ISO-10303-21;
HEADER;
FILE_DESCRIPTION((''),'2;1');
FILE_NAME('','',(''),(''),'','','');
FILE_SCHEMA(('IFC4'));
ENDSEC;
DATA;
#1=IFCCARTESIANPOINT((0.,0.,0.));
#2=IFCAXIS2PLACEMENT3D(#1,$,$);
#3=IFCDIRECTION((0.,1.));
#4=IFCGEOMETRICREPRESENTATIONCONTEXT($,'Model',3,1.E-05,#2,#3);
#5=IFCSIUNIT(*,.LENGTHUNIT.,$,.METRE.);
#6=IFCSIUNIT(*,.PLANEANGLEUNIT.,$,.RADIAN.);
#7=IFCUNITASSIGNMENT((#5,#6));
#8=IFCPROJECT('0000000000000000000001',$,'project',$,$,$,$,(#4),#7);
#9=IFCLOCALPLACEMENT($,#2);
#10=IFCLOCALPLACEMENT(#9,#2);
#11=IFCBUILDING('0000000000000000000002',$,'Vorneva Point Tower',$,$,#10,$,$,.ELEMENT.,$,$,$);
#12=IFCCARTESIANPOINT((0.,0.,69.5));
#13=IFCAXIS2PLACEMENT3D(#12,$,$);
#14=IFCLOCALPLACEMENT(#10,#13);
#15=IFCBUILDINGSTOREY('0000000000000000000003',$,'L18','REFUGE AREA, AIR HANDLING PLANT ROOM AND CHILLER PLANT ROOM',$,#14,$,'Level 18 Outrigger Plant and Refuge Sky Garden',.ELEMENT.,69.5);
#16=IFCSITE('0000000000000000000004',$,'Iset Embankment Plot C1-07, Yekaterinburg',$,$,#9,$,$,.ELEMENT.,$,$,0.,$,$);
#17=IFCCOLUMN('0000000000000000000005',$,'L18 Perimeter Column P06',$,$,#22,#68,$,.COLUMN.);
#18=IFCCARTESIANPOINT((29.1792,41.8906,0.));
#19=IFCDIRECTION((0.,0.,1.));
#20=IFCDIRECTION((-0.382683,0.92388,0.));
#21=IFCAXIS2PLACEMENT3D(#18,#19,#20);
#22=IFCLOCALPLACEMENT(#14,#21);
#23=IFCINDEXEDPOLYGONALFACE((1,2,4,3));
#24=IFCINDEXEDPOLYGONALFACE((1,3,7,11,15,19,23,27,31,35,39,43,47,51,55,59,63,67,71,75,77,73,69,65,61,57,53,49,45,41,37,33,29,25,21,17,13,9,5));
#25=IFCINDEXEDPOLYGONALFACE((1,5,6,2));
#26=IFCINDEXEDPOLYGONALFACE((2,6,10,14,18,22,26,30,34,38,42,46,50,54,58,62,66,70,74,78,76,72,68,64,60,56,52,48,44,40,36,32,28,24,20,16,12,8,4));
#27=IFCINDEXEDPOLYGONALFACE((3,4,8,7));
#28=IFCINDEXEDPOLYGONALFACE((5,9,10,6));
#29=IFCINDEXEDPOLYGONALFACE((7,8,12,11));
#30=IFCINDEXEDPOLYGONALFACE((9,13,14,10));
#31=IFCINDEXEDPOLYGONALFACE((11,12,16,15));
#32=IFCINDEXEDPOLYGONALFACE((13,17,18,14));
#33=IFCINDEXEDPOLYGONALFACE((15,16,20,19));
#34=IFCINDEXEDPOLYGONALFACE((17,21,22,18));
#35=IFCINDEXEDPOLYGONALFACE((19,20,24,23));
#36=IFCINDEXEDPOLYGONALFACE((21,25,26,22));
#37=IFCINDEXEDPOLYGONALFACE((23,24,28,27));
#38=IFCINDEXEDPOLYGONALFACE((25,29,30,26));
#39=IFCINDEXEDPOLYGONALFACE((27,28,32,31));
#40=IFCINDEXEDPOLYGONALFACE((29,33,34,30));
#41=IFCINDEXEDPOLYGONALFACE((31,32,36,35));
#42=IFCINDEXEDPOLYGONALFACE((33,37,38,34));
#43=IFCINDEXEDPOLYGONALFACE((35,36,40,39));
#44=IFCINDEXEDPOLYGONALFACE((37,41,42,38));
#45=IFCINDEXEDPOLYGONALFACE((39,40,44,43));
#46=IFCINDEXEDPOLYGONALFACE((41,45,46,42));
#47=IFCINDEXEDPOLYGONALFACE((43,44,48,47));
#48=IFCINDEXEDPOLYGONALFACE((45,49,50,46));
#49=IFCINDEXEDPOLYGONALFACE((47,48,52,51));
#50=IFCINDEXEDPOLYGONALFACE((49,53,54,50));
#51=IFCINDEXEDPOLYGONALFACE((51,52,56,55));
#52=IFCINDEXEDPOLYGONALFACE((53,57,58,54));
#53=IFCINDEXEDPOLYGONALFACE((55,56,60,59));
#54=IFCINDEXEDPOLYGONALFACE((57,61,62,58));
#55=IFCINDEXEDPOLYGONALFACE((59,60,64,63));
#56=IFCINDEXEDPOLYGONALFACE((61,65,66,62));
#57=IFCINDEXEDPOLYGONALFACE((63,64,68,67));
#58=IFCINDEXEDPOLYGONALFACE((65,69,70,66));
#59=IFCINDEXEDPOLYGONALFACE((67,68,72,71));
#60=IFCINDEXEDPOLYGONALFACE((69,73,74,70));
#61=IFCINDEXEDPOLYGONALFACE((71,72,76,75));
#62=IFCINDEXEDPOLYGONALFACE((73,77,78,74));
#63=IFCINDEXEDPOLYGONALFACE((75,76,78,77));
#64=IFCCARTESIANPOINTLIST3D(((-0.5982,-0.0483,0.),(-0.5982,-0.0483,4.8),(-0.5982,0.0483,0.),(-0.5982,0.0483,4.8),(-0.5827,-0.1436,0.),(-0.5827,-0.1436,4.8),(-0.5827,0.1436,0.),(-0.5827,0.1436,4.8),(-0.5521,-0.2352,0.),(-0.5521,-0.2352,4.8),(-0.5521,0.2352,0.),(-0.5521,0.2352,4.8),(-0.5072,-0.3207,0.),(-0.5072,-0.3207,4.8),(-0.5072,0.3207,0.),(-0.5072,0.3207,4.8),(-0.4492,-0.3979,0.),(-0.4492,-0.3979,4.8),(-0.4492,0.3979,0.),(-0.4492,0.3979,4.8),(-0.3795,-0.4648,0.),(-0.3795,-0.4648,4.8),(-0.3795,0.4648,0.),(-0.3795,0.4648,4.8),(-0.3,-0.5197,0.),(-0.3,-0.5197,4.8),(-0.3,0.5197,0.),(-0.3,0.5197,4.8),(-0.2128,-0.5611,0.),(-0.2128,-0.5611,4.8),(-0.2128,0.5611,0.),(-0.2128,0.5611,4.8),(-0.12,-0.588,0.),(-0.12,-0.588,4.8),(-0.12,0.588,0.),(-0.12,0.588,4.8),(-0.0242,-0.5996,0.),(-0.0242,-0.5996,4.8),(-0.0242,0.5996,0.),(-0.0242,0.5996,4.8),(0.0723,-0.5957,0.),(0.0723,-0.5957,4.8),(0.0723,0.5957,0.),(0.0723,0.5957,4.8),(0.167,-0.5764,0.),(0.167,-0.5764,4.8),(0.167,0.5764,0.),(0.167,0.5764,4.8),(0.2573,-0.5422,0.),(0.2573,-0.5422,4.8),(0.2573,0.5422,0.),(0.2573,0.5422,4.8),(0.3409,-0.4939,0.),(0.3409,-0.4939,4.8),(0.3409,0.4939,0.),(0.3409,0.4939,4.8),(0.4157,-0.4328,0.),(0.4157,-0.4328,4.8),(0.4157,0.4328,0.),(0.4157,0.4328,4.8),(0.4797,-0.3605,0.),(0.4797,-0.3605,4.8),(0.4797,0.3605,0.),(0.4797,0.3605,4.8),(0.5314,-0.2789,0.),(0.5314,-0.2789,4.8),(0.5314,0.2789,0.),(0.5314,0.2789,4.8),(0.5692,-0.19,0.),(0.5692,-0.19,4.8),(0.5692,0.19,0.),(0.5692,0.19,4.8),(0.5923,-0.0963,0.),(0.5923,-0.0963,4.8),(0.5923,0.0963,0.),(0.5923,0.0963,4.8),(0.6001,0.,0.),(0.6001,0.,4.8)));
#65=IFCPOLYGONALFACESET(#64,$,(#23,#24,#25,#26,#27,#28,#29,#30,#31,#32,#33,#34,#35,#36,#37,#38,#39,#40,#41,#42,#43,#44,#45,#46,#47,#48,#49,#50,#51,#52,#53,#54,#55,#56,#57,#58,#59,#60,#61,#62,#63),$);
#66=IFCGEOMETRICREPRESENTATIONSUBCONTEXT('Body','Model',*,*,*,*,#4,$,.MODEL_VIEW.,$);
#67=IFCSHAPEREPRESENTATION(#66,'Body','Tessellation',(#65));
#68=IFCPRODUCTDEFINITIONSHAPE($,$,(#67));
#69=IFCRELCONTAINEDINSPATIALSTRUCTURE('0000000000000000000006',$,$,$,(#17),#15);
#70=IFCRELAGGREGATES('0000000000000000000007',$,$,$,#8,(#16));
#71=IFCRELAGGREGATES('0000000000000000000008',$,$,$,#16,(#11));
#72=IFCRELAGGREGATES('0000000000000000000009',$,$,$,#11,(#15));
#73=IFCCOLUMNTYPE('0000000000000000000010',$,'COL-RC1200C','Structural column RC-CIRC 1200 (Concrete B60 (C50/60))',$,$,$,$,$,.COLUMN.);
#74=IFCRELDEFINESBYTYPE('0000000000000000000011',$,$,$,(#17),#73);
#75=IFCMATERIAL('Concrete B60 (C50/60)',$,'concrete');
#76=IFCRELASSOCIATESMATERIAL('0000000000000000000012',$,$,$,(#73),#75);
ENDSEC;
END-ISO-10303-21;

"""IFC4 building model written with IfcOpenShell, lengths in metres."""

from ifc_helpers import new_model, si_unit, direction, frame, origin, origin_2d, place, context, subcontext, project, spatial, circle, extrude, material, material_profile, profile_set, type_object, element, save


model = new_model("IFC4")

# Units and contexts
model_context = context("Model", 3, precision=1e-05, world=origin(), true_north=direction((0.0, 1.0)))
body_context = subcontext(model_context, "Body", "Model", "MODEL_VIEW")
ifc_project = project(units=[si_unit("LENGTHUNIT", "METRE"), si_unit("PLANEANGLEUNIT", "RADIAN")], contexts=[model_context])

# Site, building, storey
site_placement = place(None, origin())
site = spatial("IfcSite", under=ifc_project, at=site_placement, Name="Iset Embankment Plot C1-07, Yekaterinburg", CompositionType="ELEMENT", RefElevation=0.0)
building_placement = place(site_placement, origin())
building = spatial("IfcBuilding", under=site, at=building_placement, Name="Vorneva Point Tower", CompositionType="ELEMENT")
storey_placement = place(building_placement, frame((0.0, 0.0, 69.5)))
storey = spatial("IfcBuildingStorey", under=building, at=storey_placement, Name="L18", Description="REFUGE AREA, AIR HANDLING PLANT ROOM AND CHILLER PLANT ROOM", LongName="Level 18 Outrigger Plant and Refuge Sky Garden", CompositionType="ELEMENT", Elevation=69.5)

# Column
ifc_material_1 = material(Name="Concrete B60 (C50/60)", Category="concrete")
ifc_material_profile_1 = material_profile(ifc_material_1, circle(Radius=0.6001, at=origin_2d()), Name="RC-CIRC 1200")
ifc_profile_set_1 = profile_set([ifc_material_profile_1], Name="Concrete B60 (C50/60)")
column_type_1 = type_object("IfcColumnType", Name="COL-RC1200C", Description="Structural column RC-CIRC 1200 (Concrete B60 (C50/60))", PredefinedType="COLUMN", material=ifc_profile_set_1)
for number, where, z_axis, x_axis, name in (
    (1, (29.1792, 41.8906, 0.0), (0.0, 0.0, 1.0), (-0.382683, 0.92388, 0.0), "L18 Perimeter Column P06"),
):
    element("IfcColumn", number, at=place(storey_placement, frame(where, z_axis=z_axis, x_axis=x_axis)), inside=storey, type_object=column_type_1, Name=name, PredefinedType="COLUMN", context=body_context, shape_type="SweptSolid", body=[
        extrude(circle(Radius=0.6001, at=origin_2d()), origin(), (0.0, 0.0, 1.0), 4.8),
    ])

save(model, "model.ifc")
